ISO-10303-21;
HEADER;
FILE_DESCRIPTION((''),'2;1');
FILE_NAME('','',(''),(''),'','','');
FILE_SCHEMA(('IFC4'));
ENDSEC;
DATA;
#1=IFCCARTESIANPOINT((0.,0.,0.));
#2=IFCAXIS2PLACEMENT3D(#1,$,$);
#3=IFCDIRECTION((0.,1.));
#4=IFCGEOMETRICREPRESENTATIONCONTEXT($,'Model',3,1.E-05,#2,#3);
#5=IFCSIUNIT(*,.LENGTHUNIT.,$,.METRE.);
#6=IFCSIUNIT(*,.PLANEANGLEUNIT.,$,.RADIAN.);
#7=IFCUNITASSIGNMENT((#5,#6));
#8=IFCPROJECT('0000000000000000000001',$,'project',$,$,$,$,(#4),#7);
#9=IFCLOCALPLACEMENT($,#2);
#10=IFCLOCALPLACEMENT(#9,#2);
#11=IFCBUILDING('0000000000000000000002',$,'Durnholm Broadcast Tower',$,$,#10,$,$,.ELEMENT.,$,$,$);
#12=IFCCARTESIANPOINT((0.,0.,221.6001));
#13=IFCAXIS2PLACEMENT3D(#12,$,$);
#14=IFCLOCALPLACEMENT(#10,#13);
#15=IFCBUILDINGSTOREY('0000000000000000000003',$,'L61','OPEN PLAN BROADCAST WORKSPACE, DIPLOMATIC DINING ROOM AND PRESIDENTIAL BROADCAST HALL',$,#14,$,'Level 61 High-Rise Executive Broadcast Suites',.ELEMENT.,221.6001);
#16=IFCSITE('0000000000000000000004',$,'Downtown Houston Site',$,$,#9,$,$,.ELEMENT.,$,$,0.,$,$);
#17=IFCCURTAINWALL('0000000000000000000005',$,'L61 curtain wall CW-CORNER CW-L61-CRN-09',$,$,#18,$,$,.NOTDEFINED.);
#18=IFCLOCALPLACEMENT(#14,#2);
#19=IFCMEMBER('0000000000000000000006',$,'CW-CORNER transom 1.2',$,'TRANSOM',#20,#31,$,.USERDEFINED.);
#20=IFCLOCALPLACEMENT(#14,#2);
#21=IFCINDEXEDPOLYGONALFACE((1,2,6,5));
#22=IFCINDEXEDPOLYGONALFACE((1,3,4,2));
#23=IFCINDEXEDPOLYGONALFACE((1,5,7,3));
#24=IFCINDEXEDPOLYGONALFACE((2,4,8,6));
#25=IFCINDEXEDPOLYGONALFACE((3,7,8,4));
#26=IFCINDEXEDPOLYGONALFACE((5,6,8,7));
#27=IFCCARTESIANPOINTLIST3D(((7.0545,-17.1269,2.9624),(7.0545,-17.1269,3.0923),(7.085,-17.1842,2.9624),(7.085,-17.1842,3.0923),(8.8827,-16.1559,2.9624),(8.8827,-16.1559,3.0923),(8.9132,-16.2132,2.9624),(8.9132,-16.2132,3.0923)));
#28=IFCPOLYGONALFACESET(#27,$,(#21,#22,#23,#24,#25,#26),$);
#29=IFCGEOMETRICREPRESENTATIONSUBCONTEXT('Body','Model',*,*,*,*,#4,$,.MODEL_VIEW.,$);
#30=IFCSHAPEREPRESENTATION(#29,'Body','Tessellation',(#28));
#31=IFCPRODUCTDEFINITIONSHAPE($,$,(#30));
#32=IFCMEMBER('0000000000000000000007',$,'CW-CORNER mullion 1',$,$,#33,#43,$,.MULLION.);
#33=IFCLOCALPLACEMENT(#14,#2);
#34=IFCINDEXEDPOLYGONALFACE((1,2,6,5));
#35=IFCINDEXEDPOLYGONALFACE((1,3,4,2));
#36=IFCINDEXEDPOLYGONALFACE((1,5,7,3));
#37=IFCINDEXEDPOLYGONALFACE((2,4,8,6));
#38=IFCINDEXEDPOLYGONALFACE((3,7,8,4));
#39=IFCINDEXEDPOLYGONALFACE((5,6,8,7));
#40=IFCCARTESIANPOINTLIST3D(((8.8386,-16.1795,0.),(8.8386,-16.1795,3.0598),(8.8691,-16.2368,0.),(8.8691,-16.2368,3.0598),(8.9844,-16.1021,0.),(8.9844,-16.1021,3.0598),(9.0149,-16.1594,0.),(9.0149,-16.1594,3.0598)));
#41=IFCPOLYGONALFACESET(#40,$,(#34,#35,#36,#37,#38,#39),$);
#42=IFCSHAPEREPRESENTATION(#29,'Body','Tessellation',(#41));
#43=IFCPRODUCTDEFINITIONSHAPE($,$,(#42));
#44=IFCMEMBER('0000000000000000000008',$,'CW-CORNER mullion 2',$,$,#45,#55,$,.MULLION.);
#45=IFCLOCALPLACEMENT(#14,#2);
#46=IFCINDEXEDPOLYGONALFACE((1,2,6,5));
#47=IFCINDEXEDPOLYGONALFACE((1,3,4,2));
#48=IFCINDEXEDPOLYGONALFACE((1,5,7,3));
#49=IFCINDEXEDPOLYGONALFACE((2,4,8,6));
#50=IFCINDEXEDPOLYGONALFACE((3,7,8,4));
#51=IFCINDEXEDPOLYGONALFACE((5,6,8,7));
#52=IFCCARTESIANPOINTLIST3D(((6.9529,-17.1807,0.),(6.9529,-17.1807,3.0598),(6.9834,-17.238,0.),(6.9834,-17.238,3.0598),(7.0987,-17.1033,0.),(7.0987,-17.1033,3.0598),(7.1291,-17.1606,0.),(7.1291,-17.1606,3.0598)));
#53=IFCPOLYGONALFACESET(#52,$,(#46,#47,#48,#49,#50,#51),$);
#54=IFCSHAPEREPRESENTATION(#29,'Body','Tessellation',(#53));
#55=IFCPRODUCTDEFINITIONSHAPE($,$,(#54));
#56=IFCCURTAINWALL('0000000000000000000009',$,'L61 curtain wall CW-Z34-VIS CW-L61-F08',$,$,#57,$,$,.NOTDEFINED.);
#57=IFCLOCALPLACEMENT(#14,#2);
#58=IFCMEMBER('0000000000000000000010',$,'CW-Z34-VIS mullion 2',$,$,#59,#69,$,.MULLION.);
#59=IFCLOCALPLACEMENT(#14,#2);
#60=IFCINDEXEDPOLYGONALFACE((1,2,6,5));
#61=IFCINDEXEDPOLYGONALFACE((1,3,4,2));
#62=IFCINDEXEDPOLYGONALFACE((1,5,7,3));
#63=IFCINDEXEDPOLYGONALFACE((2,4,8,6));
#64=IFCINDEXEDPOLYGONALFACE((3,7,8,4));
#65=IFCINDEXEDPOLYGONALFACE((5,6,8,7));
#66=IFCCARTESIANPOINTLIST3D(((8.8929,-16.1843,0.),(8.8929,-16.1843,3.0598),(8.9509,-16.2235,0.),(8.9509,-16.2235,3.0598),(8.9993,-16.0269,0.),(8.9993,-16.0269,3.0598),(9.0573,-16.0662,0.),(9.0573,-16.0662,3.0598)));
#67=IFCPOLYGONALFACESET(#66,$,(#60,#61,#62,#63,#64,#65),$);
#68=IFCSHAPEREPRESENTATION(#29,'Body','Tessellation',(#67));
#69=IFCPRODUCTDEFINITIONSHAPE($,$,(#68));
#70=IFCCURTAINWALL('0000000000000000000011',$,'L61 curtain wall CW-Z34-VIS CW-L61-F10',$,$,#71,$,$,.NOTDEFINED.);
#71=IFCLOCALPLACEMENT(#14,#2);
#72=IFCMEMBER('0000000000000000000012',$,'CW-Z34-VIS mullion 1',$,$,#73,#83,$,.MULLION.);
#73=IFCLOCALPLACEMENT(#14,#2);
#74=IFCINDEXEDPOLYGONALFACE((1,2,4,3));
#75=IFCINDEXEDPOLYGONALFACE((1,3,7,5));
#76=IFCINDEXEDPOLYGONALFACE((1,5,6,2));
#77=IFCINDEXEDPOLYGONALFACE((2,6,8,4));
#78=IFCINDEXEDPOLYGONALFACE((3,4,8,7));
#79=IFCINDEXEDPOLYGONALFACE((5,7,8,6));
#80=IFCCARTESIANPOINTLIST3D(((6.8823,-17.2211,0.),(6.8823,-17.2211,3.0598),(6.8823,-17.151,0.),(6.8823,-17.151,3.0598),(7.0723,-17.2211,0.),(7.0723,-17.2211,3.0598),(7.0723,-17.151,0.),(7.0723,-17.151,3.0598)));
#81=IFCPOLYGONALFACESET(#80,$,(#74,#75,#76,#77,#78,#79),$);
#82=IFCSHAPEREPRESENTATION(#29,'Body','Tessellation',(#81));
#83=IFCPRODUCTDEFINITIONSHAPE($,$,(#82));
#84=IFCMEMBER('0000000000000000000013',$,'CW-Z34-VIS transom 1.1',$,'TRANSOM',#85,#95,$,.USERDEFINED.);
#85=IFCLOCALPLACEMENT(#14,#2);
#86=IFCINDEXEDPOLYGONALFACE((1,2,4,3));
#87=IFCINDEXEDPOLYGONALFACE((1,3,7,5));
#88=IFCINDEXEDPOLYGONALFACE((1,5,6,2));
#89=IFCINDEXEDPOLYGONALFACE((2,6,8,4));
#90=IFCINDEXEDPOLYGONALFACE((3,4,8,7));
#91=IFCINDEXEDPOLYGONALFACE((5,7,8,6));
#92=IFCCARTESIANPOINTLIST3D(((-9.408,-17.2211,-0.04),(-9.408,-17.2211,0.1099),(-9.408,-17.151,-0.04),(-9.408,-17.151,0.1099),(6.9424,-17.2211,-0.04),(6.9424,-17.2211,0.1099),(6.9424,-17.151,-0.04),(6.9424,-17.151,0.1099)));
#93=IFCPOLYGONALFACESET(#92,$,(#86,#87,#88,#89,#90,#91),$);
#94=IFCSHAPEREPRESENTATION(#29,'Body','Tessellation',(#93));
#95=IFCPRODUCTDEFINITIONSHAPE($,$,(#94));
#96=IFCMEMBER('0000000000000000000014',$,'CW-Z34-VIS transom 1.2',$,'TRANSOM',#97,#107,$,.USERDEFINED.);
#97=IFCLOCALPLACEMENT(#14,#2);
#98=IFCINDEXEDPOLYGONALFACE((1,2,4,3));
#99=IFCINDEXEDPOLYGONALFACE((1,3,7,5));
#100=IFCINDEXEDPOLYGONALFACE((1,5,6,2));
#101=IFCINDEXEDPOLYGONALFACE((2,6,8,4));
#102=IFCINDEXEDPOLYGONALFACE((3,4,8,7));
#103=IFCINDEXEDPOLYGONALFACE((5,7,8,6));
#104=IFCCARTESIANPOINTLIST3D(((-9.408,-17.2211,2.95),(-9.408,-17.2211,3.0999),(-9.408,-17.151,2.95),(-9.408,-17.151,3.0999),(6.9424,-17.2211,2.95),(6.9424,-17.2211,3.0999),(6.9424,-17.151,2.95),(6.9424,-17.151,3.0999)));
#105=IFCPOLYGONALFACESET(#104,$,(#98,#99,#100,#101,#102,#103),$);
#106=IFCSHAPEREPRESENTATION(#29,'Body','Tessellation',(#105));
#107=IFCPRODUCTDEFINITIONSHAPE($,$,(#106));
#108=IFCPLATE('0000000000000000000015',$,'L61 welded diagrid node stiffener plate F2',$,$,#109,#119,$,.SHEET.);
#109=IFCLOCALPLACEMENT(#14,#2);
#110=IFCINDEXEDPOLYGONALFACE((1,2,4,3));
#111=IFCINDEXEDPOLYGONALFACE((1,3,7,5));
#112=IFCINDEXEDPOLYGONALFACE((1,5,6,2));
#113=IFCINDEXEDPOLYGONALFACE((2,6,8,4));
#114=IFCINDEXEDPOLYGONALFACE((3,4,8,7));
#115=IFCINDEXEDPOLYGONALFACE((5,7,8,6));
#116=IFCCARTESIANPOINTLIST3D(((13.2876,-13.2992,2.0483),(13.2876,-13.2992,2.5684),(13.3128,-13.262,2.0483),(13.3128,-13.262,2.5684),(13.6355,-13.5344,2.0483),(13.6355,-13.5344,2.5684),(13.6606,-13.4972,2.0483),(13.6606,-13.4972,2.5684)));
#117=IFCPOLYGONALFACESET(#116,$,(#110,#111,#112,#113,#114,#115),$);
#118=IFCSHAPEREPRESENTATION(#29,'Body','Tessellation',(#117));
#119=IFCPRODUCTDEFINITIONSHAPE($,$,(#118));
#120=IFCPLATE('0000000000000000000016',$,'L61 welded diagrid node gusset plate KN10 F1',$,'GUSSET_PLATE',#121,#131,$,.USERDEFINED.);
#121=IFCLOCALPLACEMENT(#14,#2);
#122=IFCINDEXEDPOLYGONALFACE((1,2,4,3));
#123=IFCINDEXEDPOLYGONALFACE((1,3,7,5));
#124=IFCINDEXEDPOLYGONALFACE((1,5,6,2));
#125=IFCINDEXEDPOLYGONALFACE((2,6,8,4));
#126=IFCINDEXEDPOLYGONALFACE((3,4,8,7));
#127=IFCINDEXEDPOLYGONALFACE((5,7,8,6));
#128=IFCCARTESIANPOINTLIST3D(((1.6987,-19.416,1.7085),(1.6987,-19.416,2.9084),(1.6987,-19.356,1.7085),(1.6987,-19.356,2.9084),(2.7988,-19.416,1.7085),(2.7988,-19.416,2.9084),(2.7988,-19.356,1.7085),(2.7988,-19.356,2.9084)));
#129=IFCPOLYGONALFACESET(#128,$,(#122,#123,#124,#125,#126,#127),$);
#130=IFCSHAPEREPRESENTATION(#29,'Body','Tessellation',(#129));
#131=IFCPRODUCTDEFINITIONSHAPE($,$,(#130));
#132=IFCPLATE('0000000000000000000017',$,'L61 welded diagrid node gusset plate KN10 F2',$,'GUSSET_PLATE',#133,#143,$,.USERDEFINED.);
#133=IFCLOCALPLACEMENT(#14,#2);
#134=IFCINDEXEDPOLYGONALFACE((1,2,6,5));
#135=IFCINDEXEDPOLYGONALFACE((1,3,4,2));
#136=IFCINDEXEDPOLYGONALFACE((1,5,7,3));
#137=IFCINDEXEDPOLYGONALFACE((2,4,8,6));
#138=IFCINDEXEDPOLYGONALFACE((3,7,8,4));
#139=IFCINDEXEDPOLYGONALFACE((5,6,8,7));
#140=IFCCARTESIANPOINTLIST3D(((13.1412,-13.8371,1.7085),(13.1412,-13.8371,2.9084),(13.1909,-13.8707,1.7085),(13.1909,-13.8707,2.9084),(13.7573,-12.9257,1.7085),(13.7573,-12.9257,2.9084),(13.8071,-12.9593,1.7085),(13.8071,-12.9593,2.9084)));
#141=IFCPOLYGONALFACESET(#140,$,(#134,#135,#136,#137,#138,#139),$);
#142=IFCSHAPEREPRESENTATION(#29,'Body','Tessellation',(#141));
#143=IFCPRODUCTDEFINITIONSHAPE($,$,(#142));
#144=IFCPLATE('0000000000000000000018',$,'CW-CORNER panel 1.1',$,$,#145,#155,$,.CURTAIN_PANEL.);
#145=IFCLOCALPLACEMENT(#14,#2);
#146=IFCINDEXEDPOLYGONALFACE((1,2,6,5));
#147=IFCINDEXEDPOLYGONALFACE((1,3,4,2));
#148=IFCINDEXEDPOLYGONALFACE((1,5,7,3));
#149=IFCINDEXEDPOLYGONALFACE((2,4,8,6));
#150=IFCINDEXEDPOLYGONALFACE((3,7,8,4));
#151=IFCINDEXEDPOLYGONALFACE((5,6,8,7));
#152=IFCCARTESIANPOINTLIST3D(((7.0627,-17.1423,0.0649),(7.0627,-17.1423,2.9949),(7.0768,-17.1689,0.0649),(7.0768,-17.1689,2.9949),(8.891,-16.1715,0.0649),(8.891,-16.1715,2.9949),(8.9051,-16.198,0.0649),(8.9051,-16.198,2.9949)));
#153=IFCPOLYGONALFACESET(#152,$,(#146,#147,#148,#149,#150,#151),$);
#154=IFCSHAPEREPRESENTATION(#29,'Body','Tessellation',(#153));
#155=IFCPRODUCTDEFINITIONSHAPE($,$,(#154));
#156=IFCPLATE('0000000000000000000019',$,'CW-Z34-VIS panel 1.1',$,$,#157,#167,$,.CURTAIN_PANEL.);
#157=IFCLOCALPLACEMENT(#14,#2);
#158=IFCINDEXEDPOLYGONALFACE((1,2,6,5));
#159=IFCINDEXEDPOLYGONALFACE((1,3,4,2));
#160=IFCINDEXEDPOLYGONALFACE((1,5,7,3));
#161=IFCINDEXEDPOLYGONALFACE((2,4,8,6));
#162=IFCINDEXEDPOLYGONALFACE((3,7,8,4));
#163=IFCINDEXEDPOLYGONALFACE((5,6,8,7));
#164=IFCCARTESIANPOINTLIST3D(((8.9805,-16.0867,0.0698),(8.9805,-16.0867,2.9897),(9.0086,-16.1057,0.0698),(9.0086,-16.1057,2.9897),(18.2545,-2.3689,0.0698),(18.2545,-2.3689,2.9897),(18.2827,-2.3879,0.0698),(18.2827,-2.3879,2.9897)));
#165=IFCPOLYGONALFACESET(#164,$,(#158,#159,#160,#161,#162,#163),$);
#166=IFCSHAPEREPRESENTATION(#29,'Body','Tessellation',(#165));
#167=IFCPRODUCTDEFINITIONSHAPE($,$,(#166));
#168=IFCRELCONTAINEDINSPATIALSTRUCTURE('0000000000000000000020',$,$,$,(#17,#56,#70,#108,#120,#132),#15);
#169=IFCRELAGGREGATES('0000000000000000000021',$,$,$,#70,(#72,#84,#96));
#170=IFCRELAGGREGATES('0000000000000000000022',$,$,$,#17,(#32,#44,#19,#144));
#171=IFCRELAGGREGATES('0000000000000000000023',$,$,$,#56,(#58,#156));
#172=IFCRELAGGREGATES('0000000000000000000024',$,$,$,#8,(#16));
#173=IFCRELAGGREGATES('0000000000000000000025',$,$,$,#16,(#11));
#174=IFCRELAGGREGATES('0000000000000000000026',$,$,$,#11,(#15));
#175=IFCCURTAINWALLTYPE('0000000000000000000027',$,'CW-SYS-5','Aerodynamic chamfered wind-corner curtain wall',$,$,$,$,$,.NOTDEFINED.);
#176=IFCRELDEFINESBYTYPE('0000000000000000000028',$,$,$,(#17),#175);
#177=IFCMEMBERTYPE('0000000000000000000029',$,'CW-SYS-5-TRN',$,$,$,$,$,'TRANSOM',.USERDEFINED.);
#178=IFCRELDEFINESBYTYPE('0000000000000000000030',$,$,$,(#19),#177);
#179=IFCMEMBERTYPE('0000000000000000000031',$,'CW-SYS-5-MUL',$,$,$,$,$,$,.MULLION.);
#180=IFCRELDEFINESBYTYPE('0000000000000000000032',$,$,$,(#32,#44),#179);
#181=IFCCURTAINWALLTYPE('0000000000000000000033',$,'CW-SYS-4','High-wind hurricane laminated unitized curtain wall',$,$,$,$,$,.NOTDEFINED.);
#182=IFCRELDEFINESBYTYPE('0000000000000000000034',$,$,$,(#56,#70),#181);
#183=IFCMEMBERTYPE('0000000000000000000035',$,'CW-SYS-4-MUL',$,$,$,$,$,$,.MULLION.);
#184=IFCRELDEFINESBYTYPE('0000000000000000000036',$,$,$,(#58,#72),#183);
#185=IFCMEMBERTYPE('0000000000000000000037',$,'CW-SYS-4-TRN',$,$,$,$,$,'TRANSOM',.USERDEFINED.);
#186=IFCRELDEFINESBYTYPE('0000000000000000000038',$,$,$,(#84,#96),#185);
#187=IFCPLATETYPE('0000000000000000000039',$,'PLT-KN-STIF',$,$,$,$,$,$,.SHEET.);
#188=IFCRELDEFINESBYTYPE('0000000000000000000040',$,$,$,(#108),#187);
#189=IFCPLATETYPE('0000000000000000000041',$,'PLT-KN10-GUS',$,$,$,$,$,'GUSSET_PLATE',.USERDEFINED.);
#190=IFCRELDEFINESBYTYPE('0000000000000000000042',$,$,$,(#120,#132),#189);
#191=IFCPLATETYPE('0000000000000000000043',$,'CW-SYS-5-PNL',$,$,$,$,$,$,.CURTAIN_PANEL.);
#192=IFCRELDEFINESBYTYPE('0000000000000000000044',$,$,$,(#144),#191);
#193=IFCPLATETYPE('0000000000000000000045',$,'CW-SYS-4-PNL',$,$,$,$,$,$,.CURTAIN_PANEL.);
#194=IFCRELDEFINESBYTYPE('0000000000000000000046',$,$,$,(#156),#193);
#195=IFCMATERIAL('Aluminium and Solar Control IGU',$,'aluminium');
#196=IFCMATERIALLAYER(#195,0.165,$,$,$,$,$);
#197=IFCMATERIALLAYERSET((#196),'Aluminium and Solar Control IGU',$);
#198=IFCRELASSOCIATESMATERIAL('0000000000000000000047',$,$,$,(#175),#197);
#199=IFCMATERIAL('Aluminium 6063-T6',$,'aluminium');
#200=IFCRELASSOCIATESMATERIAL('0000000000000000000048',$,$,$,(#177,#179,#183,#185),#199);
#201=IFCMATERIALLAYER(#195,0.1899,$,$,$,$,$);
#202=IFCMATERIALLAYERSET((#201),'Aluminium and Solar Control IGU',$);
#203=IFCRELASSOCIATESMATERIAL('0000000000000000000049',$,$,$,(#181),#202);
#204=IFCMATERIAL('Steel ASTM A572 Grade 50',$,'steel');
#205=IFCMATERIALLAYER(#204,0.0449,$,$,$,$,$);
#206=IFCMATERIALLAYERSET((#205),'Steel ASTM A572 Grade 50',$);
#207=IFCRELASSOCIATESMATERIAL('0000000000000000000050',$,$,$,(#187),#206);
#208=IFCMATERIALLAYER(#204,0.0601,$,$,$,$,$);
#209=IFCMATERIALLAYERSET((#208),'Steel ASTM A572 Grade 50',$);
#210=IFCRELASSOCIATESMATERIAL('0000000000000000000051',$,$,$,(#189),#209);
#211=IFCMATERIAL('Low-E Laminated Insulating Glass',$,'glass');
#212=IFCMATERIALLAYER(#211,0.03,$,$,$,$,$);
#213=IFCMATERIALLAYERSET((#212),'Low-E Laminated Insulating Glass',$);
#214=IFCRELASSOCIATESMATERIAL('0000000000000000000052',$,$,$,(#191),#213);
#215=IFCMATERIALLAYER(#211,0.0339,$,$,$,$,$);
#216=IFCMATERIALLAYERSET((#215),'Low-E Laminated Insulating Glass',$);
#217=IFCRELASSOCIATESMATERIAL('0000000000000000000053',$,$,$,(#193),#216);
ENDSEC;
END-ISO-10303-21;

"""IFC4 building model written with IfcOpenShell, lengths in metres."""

from ifc_helpers import new_model, si_unit, direction, frame, origin, origin_2d, place, context, subcontext, project, spatial, rectangle, extrude, source, transform, mapped, material, layer, layer_set, material_profile, profile_set, type_object, type_shapes, element, aggregate, save


model = new_model("IFC4")

# Units and contexts
model_context = context("Model", 3, precision=1e-05, world=origin(), true_north=direction((0.0, 1.0)))
body_context = subcontext(model_context, "Body", "Model", "MODEL_VIEW")
ifc_project = project(units=[si_unit("LENGTHUNIT", "METRE"), si_unit("PLANEANGLEUNIT", "RADIAN")], contexts=[model_context])

# Site, building, storey
site_placement = place(None, origin())
site = spatial("IfcSite", under=ifc_project, at=site_placement, Name="Downtown Houston Site", CompositionType="ELEMENT", RefElevation=0.0)
building_placement = place(site_placement, origin())
building = spatial("IfcBuilding", under=site, at=building_placement, Name="Durnholm Broadcast Tower", CompositionType="ELEMENT")
storey_placement = place(building_placement, frame((0.0, 0.0, 221.6001)))
storey = spatial("IfcBuildingStorey", under=building, at=storey_placement, Name="L61", Description="OPEN PLAN BROADCAST WORKSPACE, DIPLOMATIC DINING ROOM AND PRESIDENTIAL BROADCAST HALL", LongName="Level 61 High-Rise Executive Broadcast Suites", CompositionType="ELEMENT", Elevation=221.6001)

# Curtain wall, members
ifc_material_1 = material(Name="Aluminium and Solar Control IGU", Category="aluminium")
ifc_layer_1 = layer(ifc_material_1, 0.165)
ifc_layer_set_1 = layer_set([ifc_layer_1], Name="Aluminium and Solar Control IGU")
curtain_wall_type_1 = type_object("IfcCurtainWallType", Name="CW-SYS-5", Description="Aerodynamic chamfered wind-corner curtain wall", PredefinedType="NOTDEFINED", material=ifc_layer_set_1)
curtain_wall_1_placement = place(storey_placement, origin())
curtain_wall_1 = element("IfcCurtainWall", 1, at=curtain_wall_1_placement, inside=storey, type_object=curtain_wall_type_1, Name="L61 curtain wall CW-CORNER CW-L61-CRN-09", PredefinedType="NOTDEFINED")
ifc_material_2 = material(Name="Aluminium 6063-T6", Category="aluminium")
ifc_material_profile_1 = material_profile(ifc_material_2, rectangle(XDim=0.0649, YDim=0.1299, at=origin_2d()), Name="CWT65X130")
ifc_profile_set_1 = profile_set([ifc_material_profile_1], Name="Aluminium 6063-T6")
member_type_1 = type_object("IfcMemberType", Name="CW-SYS-5-TRN", ElementType="TRANSOM", PredefinedType="USERDEFINED", material=ifc_profile_set_1)
shared_shape_1 = source(origin(), body_context, "Body", "SweptSolid", [
    extrude(rectangle(XDim=0.0649, YDim=0.1299, at=origin_2d()), origin(), (0.0, 0.0, 1.0), 2.0701),
])
type_shapes(member_type_1, [shared_shape_1])
member_1_placement = place(storey_placement, frame((8.8979, -16.1846, 3.0273), z_axis=(-0.883165, -0.469063, 0.0), x_axis=(0.469063, -0.883165, 0.0)))
member_1 = element("IfcMember", 2, at=member_1_placement, type_object=member_type_1, Name="CW-CORNER transom 1.2", ObjectType="TRANSOM", PredefinedType="USERDEFINED", context=body_context, shape_type="MappedRepresentation", body=[
    mapped(shared_shape_1, transform((0.0, 0.0, 0.0), x_axis=(1.0, 0.0, 0.0), y_axis=(0.0, 1.0, 0.0), z_axis=(0.0, 0.0, 1.0), scale=1.0)),
])
ifc_material_profile_2 = material_profile(ifc_material_2, rectangle(XDim=0.0649, YDim=0.165, at=origin_2d()), Name="CWM65X165")
ifc_profile_set_2 = profile_set([ifc_material_profile_2], Name="Aluminium 6063-T6")
member_type_2 = type_object("IfcMemberType", Name="CW-SYS-5-MUL", PredefinedType="MULLION", material=ifc_profile_set_2)
shared_shape_2 = source(origin(), body_context, "Body", "SweptSolid", [
    extrude(rectangle(XDim=0.0649, YDim=0.165, at=origin_2d()), origin(), (0.0, 0.0, 1.0), 3.0598),
])
type_shapes(member_type_2, [shared_shape_2])
member_2_placement = place(storey_placement, frame((8.9268, -16.1694, 0.0), z_axis=(0.0, 0.0, 1.0), x_axis=(0.469007, -0.883195, 0.0)))
member_2 = element("IfcMember", 3, at=member_2_placement, type_object=member_type_2, Name="CW-CORNER mullion 1", PredefinedType="MULLION", context=body_context, shape_type="MappedRepresentation", body=[
    mapped(shared_shape_2, transform((0.0, 0.0, 0.0), x_axis=(1.0, 0.0, 0.0), y_axis=(0.0, 1.0, 0.0), z_axis=(0.0, 0.0, 1.0), scale=1.0)),
])
member_3_placement = place(storey_placement, frame((7.041, -17.1707, 0.0), z_axis=(0.0, 0.0, 1.0), x_axis=(0.469007, -0.883195, 0.0)))
member_3 = element("IfcMember", 4, at=member_3_placement, type_object=member_type_2, Name="CW-CORNER mullion 2", PredefinedType="MULLION", context=body_context, shape_type="MappedRepresentation", body=[
    mapped(shared_shape_2, transform((0.0, 0.0, 0.0), x_axis=(1.0, 0.0, 0.0), y_axis=(0.0, 1.0, 0.0), z_axis=(0.0, 0.0, 1.0), scale=1.0)),
])

# Curtain wall, member
ifc_layer_2 = layer(ifc_material_1, 0.1899)
ifc_layer_set_2 = layer_set([ifc_layer_2], Name="Aluminium and Solar Control IGU")
curtain_wall_type_2 = type_object("IfcCurtainWallType", Name="CW-SYS-4", Description="High-wind hurricane laminated unitized curtain wall", PredefinedType="NOTDEFINED", material=ifc_layer_set_2)
curtain_wall_2_placement = place(storey_placement, origin())
curtain_wall_2 = element("IfcCurtainWall", 5, at=curtain_wall_2_placement, inside=storey, type_object=curtain_wall_type_2, Name="L61 curtain wall CW-Z34-VIS CW-L61-F08", PredefinedType="NOTDEFINED")
ifc_material_profile_3 = material_profile(ifc_material_2, rectangle(XDim=0.0701, YDim=0.1899, at=origin_2d()), Name="CWM70X190")
ifc_profile_set_3 = profile_set([ifc_material_profile_3], Name="Aluminium 6063-T6")
member_type_3 = type_object("IfcMemberType", Name="CW-SYS-4-MUL", PredefinedType="MULLION", material=ifc_profile_set_3)
shared_shape_3 = source(origin(), body_context, "Body", "SweptSolid", [
    extrude(rectangle(XDim=0.0701, YDim=0.1899, at=origin_2d()), origin(), (0.0, 0.0, 1.0), 3.0598),
])
type_shapes(member_type_3, [shared_shape_3])
member_4_placement = place(storey_placement, frame((8.9751, -16.1252, 0.0), z_axis=(0.0, 0.0, 1.0), x_axis=(0.828443, -0.560073, 0.0)))
member_4 = element("IfcMember", 6, at=member_4_placement, type_object=member_type_3, Name="CW-Z34-VIS mullion 2", PredefinedType="MULLION", context=body_context, shape_type="MappedRepresentation", body=[
    mapped(shared_shape_3, transform((0.0, 0.0, 0.0), x_axis=(1.0, 0.0, 0.0), y_axis=(0.0, 1.0, 0.0), z_axis=(0.0, 0.0, 1.0), scale=1.0)),
])

# Curtain wall, members
curtain_wall_3_placement = place(storey_placement, origin())
curtain_wall_3 = element("IfcCurtainWall", 7, at=curtain_wall_3_placement, inside=storey, type_object=curtain_wall_type_2, Name="L61 curtain wall CW-Z34-VIS CW-L61-F10", PredefinedType="NOTDEFINED")
member_5_placement = place(storey_placement, frame((6.9773, -17.186, 0.0), z_axis=(0.0, 0.0, 1.0), x_axis=(0.0, -1.0, 0.0)))
member_5 = element("IfcMember", 8, at=member_5_placement, type_object=member_type_3, Name="CW-Z34-VIS mullion 1", PredefinedType="MULLION", context=body_context, shape_type="MappedRepresentation", body=[
    mapped(shared_shape_3, transform((0.0, 0.0, 0.0), x_axis=(1.0, 0.0, 0.0), y_axis=(0.0, 1.0, 0.0), z_axis=(0.0, 0.0, 1.0), scale=1.0)),
])
ifc_material_profile_4 = material_profile(ifc_material_2, rectangle(XDim=0.0701, YDim=0.1499, at=origin_2d()), Name="CWT70X150")
ifc_profile_set_4 = profile_set([ifc_material_profile_4], Name="Aluminium 6063-T6")
member_type_4 = type_object("IfcMemberType", Name="CW-SYS-4-TRN", ElementType="TRANSOM", PredefinedType="USERDEFINED", material=ifc_profile_set_4)
shared_shape_4 = source(origin(), body_context, "Body", "SweptSolid", [
    extrude(rectangle(XDim=0.0701, YDim=0.1499, at=origin_2d()), origin(), (0.0, 0.0, 1.0), 16.3503),
])
type_shapes(member_type_4, [shared_shape_4])
member_6_placement = place(storey_placement, frame((6.9424, -17.186, 0.0349), z_axis=(-1.0, 0.0, 0.0), x_axis=(0.0, -1.0, 0.0)))
member_6 = element("IfcMember", 9, at=member_6_placement, type_object=member_type_4, Name="CW-Z34-VIS transom 1.1", ObjectType="TRANSOM", PredefinedType="USERDEFINED", context=body_context, shape_type="MappedRepresentation", body=[
    mapped(shared_shape_4, transform((0.0, 0.0, 0.0), x_axis=(1.0, 0.0, 0.0), y_axis=(0.0, 1.0, 0.0), z_axis=(0.0, 0.0, 1.0), scale=1.0)),
])
member_7_placement = place(storey_placement, frame((6.9424, -17.186, 3.0249), z_axis=(-1.0, 0.0, 0.0), x_axis=(0.0, -1.0, 0.0)))
member_7 = element("IfcMember", 10, at=member_7_placement, type_object=member_type_4, Name="CW-Z34-VIS transom 1.2", ObjectType="TRANSOM", PredefinedType="USERDEFINED", context=body_context, shape_type="MappedRepresentation", body=[
    mapped(shared_shape_4, transform((0.0, 0.0, 0.0), x_axis=(1.0, 0.0, 0.0), y_axis=(0.0, 1.0, 0.0), z_axis=(0.0, 0.0, 1.0), scale=1.0)),
])
aggregate(curtain_wall_3, [member_5, member_6, member_7])

# Plates
ifc_material_3 = material(Name="Steel ASTM A572 Grade 50", Category="steel")
ifc_layer_3 = layer(ifc_material_3, 0.0449)
ifc_layer_set_3 = layer_set([ifc_layer_3], Name="Steel ASTM A572 Grade 50")
plate_type_1 = type_object("IfcPlateType", Name="PLT-KN-STIF", PredefinedType="SHEET", material=ifc_layer_set_3)
shared_shape_5 = source(origin(), body_context, "Body", "SweptSolid", [
    extrude(rectangle(XDim=0.0449, YDim=0.4199, at=origin_2d()), origin(), (0.0, 0.0, 1.0), 0.52),
])
type_shapes(plate_type_1, [shared_shape_5])
plate_1_placement = place(storey_placement, frame((13.4741, -13.3982, 2.0483), z_axis=(0.0, 0.0, 1.0), x_axis=(0.560061, 0.828452, 0.0)))
element("IfcPlate", 11, at=plate_1_placement, inside=storey, type_object=plate_type_1, Name="L61 welded diagrid node stiffener plate F2", PredefinedType="SHEET", context=body_context, shape_type="MappedRepresentation", body=[
    mapped(shared_shape_5, transform((0.0, 0.0, 0.0), x_axis=(1.0, 0.0, 0.0), y_axis=(0.0, 1.0, 0.0), z_axis=(0.0, 0.0, 1.0), scale=1.0)),
])
ifc_layer_4 = layer(ifc_material_3, 0.0601)
ifc_layer_set_4 = layer_set([ifc_layer_4], Name="Steel ASTM A572 Grade 50")
plate_type_2 = type_object("IfcPlateType", Name="PLT-KN10-GUS", ElementType="GUSSET_PLATE", PredefinedType="USERDEFINED", material=ifc_layer_set_4)
shared_shape_6 = source(origin(), body_context, "Body", "SweptSolid", [
    extrude(rectangle(XDim=1.1001, YDim=0.0601, at=origin_2d()), origin(), (0.0, 0.0, 1.0), 1.2),
])
type_shapes(plate_type_2, [shared_shape_6])
for number, where, z_axis, x_axis, name in (
    (12, (2.2488, -19.386, 1.7085), (0.0, 0.0, 1.0), (1.0, 0.0, 0.0), "L61 welded diagrid node gusset plate KN10 F1"),
    (13, (13.4741, -13.3982, 1.7085), (0.0, 0.0, 1.0), (0.560061, 0.828452, 0.0), "L61 welded diagrid node gusset plate KN10 F2"),
):
    element("IfcPlate", number, at=place(storey_placement, frame(where, z_axis=z_axis, x_axis=x_axis)), inside=storey, type_object=plate_type_2, Name=name, ObjectType="GUSSET_PLATE", PredefinedType="USERDEFINED", context=body_context, shape_type="MappedRepresentation", body=[
        mapped(shared_shape_6, transform((0.0, 0.0, 0.0), x_axis=(1.0, 0.0, 0.0), y_axis=(0.0, 1.0, 0.0), z_axis=(0.0, 0.0, 1.0), scale=1.0)),
    ])

# Plates
ifc_material_4 = material(Name="Low-E Laminated Insulating Glass", Category="glass")
ifc_layer_5 = layer(ifc_material_4, 0.03)
ifc_layer_set_5 = layer_set([ifc_layer_5], Name="Low-E Laminated Insulating Glass")
plate_type_3 = type_object("IfcPlateType", Name="CW-SYS-5-PNL", PredefinedType="CURTAIN_PANEL", material=ifc_layer_set_5)
shared_shape_7 = source(origin(), body_context, "Body", "SweptSolid", [
    extrude(rectangle(XDim=2.0701, YDim=0.03, at=origin_2d()), origin(), (0.0, 0.0, 1.0), 2.9299),
])
type_shapes(plate_type_3, [shared_shape_7])
plate_2_placement = place(storey_placement, frame((7.9839, -16.6702, 0.0649), z_axis=(0.0, 0.0, 1.0), x_axis=(-0.883195, -0.469007, 0.0)))
plate_2 = element("IfcPlate", 14, at=plate_2_placement, type_object=plate_type_3, Name="CW-CORNER panel 1.1", PredefinedType="CURTAIN_PANEL", context=body_context, shape_type="MappedRepresentation", body=[
    mapped(shared_shape_7, transform((0.0, 0.0, 0.0), x_axis=(1.0, 0.0, 0.0), y_axis=(0.0, 1.0, 0.0), z_axis=(0.0, 0.0, 1.0), scale=1.0)),
])
aggregate(curtain_wall_1, [member_2, member_3, member_1, plate_2])
ifc_layer_6 = layer(ifc_material_4, 0.0339)
ifc_layer_set_6 = layer_set([ifc_layer_6], Name="Low-E Laminated Insulating Glass")
plate_type_4 = type_object("IfcPlateType", Name="CW-SYS-4-PNL", PredefinedType="CURTAIN_PANEL", material=ifc_layer_set_6)
shared_shape_8 = source(origin(), body_context, "Body", "SweptSolid", [
    extrude(rectangle(XDim=16.5586, YDim=0.0339, at=origin_2d()), origin(), (0.0, 0.0, 1.0), 2.9199),
])
type_shapes(plate_type_4, [shared_shape_8])
plate_3_placement = place(storey_placement, frame((13.6316, -9.2373, 0.0698), z_axis=(0.0, 0.0, 1.0), x_axis=(-0.560073, -0.828443, 0.0)))
plate_3 = element("IfcPlate", 15, at=plate_3_placement, type_object=plate_type_4, Name="CW-Z34-VIS panel 1.1", PredefinedType="CURTAIN_PANEL", context=body_context, shape_type="MappedRepresentation", body=[
    mapped(shared_shape_8, transform((0.0, 0.0, 0.0), x_axis=(1.0, 0.0, 0.0), y_axis=(0.0, 1.0, 0.0), z_axis=(0.0, 0.0, 1.0), scale=1.0)),
])
aggregate(curtain_wall_2, [member_4, plate_3])

save(model, "model.ifc")
